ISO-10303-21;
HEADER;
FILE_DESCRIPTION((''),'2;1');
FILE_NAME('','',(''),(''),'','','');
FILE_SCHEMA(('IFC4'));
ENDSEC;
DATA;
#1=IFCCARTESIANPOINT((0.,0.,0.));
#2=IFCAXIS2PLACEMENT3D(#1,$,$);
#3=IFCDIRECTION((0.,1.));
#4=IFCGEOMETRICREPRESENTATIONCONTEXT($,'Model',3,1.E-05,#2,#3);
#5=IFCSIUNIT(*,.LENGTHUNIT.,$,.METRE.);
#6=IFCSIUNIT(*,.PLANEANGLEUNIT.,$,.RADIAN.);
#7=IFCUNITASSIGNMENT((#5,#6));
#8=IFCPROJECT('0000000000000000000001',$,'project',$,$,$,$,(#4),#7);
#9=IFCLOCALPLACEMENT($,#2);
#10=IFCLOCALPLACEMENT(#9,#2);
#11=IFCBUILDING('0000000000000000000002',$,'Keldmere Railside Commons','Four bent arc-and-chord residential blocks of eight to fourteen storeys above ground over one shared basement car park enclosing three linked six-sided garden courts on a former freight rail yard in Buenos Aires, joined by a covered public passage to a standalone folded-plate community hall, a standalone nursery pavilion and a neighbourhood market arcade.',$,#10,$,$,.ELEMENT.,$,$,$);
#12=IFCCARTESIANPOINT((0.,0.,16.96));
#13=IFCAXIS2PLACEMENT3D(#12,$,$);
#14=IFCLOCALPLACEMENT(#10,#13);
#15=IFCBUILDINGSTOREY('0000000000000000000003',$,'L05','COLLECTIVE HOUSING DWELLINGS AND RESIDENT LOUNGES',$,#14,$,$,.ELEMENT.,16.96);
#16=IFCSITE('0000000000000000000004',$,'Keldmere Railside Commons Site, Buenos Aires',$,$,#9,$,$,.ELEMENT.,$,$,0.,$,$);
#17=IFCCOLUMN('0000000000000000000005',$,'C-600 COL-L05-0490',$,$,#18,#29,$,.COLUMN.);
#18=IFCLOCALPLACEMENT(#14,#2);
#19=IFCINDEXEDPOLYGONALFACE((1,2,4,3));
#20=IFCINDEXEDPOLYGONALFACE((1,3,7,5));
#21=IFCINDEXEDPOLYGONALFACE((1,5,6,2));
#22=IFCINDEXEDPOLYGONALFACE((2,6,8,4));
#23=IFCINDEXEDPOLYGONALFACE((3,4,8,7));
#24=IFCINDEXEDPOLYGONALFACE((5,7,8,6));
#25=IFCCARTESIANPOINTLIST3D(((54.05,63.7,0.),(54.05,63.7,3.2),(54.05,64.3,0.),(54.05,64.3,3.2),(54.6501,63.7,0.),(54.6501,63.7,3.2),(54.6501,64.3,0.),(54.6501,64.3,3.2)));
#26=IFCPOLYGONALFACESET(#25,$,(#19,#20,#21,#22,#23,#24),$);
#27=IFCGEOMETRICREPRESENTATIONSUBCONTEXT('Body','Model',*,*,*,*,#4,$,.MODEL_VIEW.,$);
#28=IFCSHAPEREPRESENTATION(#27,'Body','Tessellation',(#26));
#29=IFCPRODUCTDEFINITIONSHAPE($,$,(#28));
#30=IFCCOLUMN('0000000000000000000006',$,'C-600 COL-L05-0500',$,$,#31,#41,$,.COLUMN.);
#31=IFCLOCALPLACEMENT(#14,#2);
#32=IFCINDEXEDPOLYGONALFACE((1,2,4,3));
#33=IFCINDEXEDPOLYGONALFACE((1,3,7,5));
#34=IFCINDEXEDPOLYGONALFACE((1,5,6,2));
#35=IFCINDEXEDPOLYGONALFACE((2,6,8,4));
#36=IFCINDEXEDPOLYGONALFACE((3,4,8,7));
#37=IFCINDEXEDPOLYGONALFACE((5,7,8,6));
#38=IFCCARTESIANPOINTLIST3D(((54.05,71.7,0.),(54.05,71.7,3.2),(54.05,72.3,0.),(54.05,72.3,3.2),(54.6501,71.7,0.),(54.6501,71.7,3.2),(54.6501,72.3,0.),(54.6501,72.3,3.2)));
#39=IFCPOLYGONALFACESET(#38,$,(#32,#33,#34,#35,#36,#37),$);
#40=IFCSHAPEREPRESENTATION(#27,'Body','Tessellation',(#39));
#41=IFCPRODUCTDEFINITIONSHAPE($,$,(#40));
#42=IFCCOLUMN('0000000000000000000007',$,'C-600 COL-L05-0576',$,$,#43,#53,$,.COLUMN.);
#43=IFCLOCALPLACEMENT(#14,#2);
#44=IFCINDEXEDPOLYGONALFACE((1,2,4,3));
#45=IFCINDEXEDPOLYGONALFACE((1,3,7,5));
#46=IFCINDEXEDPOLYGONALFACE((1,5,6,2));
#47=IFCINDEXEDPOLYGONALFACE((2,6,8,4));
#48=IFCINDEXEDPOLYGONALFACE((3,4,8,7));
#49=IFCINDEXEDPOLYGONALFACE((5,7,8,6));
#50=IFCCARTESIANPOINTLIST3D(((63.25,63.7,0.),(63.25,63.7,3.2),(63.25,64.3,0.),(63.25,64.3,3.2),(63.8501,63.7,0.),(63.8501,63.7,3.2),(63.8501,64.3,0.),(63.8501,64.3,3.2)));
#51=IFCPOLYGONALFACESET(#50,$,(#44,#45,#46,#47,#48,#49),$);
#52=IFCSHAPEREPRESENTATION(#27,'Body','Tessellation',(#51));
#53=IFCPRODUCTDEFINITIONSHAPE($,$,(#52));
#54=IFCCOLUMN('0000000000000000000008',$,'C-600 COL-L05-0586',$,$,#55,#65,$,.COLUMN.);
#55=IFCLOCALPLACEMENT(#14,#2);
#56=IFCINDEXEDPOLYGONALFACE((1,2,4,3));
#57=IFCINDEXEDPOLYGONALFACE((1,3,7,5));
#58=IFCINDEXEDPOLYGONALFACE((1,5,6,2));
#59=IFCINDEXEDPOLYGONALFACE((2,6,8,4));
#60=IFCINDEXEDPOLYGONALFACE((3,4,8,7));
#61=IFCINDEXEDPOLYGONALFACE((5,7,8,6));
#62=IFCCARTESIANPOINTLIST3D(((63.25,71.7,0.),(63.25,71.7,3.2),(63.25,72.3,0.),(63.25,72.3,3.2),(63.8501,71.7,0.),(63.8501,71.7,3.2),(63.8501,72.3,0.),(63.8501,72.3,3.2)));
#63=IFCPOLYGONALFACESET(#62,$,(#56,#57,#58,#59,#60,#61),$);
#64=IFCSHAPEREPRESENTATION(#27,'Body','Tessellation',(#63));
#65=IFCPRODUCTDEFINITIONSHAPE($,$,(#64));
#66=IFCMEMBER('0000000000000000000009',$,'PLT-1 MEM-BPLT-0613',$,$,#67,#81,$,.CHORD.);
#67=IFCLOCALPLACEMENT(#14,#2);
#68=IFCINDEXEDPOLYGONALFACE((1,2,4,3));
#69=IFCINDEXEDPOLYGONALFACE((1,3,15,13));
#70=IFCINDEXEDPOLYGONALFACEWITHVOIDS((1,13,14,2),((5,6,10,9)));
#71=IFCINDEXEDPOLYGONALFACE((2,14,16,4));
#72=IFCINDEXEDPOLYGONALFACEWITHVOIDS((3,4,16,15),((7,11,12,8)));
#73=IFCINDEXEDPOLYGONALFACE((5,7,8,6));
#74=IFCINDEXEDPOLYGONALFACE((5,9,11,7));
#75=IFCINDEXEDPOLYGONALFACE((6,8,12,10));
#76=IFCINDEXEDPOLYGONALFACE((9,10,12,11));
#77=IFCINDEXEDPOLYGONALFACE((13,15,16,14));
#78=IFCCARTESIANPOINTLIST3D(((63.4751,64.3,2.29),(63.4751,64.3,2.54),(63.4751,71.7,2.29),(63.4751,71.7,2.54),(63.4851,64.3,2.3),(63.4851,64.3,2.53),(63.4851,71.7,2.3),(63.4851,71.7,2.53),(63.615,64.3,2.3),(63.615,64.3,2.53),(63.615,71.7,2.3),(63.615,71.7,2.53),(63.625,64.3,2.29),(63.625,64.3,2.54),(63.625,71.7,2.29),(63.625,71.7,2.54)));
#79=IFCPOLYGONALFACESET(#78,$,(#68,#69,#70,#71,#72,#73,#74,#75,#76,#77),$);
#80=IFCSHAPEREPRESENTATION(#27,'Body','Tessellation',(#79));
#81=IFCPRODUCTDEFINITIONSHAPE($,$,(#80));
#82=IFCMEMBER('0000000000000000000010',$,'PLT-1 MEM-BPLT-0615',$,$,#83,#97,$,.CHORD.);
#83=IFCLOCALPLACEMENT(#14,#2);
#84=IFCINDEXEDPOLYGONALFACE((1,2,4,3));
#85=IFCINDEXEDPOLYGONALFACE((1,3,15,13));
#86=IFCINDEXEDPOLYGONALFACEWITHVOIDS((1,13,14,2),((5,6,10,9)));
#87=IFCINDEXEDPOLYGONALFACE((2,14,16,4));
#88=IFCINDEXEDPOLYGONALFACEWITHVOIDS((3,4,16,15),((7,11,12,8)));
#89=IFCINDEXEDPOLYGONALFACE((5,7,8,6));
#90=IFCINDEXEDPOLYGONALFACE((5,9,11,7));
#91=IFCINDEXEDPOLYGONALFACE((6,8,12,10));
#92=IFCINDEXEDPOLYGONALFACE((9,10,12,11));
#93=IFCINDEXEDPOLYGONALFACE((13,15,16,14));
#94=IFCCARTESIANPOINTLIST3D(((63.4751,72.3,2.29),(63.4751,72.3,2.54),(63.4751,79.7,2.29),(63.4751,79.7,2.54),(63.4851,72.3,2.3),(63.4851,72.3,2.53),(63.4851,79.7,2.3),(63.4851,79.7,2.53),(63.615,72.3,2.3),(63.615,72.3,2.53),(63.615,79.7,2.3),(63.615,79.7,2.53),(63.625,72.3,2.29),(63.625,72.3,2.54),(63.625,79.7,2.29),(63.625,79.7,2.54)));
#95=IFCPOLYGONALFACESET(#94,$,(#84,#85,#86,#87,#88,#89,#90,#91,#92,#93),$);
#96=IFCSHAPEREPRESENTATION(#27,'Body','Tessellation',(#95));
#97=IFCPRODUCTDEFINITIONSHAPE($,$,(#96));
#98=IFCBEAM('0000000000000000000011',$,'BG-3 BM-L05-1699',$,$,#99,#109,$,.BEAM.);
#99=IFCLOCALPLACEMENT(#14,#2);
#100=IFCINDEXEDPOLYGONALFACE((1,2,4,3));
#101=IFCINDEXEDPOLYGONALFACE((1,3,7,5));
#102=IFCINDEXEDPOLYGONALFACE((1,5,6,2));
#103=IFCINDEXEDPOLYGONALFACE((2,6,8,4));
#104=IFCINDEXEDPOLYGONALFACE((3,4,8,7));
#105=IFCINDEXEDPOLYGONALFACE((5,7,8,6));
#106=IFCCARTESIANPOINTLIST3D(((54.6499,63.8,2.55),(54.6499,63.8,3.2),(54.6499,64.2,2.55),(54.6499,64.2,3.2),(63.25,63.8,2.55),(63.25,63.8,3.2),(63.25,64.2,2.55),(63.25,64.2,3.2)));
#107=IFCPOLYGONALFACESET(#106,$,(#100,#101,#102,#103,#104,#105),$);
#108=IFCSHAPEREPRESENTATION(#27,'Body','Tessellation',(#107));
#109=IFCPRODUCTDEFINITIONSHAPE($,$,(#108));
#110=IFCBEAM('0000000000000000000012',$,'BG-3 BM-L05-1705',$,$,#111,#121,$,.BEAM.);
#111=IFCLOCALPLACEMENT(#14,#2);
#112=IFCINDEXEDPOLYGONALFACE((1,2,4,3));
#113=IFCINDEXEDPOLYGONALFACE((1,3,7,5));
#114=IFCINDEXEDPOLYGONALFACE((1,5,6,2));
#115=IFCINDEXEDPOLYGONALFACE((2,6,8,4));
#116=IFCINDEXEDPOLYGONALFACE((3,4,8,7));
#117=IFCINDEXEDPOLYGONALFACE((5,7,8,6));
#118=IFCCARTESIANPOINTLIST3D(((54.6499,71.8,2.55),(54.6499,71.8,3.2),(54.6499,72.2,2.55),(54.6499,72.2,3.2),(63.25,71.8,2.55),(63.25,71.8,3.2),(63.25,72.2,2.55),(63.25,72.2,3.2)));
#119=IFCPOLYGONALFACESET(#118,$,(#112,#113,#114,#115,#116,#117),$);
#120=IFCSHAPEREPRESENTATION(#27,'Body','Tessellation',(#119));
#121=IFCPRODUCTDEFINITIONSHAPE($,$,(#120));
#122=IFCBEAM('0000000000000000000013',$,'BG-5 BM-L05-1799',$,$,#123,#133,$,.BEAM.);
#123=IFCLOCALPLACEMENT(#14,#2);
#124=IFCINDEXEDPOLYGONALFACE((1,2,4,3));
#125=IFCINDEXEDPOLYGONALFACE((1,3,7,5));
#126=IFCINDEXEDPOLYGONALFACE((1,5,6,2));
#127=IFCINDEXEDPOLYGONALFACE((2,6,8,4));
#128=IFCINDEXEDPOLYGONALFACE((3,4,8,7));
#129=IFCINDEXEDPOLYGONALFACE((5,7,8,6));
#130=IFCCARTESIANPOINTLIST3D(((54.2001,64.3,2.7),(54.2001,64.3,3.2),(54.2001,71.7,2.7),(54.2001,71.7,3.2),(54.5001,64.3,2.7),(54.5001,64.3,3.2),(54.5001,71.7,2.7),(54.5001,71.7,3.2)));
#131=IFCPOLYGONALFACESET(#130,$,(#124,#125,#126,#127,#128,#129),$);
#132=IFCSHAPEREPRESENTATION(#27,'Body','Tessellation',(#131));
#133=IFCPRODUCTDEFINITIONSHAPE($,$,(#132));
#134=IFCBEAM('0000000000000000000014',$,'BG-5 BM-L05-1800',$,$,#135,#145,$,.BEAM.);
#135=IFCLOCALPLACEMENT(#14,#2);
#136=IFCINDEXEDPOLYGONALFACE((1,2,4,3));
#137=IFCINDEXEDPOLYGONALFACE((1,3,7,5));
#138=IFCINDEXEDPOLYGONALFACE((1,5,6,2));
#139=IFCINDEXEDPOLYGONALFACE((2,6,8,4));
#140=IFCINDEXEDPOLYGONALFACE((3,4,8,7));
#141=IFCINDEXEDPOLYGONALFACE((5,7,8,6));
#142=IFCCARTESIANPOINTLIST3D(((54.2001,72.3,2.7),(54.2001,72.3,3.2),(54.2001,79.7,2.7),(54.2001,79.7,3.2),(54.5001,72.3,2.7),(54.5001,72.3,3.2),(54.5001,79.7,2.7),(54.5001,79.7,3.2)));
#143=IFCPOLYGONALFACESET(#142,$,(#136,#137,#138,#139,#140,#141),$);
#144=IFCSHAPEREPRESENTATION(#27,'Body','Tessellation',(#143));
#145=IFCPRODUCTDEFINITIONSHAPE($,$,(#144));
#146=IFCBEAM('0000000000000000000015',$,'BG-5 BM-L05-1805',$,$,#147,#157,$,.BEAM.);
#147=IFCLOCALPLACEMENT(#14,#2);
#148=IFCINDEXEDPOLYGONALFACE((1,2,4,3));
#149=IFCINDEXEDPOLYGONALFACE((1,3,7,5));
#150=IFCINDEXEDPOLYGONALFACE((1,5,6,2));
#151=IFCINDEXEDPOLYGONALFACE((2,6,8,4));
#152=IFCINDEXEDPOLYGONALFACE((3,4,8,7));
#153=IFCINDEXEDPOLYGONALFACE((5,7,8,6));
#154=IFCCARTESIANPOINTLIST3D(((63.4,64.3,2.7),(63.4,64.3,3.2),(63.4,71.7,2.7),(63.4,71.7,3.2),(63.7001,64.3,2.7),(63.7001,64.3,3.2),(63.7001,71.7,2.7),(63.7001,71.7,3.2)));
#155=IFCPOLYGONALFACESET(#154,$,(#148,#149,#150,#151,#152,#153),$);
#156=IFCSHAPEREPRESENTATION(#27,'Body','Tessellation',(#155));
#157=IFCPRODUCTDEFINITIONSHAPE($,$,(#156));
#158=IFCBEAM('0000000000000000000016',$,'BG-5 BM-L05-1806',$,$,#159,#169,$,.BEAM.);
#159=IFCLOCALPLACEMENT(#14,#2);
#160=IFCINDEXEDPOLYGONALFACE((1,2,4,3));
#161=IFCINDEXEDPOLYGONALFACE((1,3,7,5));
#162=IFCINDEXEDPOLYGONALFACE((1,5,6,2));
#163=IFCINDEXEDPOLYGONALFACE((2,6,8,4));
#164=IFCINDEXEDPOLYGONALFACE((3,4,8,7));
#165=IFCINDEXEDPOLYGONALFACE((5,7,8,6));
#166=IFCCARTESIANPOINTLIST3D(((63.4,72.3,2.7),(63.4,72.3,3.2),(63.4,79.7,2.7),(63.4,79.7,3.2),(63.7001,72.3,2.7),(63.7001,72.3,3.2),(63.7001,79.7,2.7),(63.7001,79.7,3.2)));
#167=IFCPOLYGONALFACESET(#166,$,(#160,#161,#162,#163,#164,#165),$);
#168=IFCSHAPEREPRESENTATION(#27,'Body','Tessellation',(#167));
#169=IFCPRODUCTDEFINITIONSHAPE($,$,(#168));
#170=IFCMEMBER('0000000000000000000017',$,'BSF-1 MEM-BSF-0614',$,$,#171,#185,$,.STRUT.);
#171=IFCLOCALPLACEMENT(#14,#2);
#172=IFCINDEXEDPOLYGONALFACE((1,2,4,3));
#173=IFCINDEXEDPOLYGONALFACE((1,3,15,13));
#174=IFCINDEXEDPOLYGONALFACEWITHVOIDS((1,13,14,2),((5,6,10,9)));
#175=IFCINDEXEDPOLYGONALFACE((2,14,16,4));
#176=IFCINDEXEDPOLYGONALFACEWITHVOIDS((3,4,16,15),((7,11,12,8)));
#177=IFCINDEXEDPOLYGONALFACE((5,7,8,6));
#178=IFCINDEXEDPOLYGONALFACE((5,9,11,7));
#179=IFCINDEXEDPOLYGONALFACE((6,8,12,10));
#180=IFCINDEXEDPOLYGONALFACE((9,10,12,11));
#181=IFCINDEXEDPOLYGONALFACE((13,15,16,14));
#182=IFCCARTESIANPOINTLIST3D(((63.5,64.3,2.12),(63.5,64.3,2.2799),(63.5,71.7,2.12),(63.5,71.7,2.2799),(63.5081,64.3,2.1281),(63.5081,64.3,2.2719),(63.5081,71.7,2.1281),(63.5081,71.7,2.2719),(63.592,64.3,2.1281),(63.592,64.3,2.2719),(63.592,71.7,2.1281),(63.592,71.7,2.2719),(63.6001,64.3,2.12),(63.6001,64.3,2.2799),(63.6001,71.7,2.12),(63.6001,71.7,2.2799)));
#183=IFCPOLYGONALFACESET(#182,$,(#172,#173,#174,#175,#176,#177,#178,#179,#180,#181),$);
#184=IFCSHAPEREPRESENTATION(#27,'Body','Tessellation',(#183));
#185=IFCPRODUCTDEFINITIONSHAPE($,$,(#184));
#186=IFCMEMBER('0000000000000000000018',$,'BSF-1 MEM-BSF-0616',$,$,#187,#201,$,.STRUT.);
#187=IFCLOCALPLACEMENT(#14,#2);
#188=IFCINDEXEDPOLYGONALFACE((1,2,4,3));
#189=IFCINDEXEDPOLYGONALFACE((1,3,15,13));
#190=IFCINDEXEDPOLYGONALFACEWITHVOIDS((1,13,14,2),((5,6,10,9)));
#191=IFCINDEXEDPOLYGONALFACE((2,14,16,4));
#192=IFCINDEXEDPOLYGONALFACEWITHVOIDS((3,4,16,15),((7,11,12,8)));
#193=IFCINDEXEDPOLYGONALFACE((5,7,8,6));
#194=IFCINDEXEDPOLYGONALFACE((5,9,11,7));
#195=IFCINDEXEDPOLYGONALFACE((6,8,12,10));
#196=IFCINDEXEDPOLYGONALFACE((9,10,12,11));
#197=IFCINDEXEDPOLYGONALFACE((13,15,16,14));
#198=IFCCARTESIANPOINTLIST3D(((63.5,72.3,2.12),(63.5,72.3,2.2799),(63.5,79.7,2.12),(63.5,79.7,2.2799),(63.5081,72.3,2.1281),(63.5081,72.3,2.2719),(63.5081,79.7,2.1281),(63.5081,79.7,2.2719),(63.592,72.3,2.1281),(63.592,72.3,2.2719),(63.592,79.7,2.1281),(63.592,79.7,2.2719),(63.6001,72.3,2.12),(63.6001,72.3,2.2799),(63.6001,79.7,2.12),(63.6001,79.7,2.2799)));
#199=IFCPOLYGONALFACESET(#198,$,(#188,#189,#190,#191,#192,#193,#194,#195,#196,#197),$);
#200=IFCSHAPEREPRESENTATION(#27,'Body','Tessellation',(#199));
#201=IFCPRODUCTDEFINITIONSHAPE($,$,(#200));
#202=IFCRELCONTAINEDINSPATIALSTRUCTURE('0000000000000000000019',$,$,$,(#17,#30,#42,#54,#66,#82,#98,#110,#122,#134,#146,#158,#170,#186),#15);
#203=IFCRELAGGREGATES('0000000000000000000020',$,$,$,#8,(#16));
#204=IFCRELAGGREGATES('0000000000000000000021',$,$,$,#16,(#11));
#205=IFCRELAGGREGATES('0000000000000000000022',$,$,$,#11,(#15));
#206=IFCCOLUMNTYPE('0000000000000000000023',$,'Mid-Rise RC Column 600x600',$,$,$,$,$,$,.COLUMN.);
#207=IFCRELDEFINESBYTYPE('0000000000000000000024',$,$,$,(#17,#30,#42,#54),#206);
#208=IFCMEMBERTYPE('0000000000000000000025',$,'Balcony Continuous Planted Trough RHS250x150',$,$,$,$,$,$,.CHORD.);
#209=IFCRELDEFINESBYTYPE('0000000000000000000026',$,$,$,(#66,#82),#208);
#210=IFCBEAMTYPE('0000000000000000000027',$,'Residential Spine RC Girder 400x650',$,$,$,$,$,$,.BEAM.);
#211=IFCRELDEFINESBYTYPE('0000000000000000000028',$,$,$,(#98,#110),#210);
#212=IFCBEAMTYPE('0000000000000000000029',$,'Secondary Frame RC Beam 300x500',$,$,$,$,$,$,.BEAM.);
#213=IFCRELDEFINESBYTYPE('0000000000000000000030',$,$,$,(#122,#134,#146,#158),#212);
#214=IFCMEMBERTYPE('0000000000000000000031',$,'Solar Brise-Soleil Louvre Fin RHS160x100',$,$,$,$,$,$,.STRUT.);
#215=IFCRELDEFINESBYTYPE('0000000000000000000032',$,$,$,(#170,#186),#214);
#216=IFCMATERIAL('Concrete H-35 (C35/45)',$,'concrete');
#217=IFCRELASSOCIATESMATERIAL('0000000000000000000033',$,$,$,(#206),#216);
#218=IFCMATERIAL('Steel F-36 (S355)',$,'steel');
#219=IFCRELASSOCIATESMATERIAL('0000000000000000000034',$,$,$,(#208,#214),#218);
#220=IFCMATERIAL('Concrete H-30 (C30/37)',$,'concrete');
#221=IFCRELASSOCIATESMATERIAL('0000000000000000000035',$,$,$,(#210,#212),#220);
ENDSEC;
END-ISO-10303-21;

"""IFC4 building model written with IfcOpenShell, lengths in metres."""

from ifc_helpers import new_model, si_unit, direction, frame, origin, origin_2d, place, context, subcontext, project, spatial, rectangle, hollow_rectangle, extrude, material, material_profile, profile_set, type_object, element, save


model = new_model("IFC4")

# Units and contexts
model_context = context("Model", 3, precision=1e-05, world=origin(), true_north=direction((0.0, 1.0)))
body_context = subcontext(model_context, "Body", "Model", "MODEL_VIEW")
ifc_project = project(units=[si_unit("LENGTHUNIT", "METRE"), si_unit("PLANEANGLEUNIT", "RADIAN")], contexts=[model_context])

# Site, building, storey
site_placement = place(None, origin())
site = spatial("IfcSite", under=ifc_project, at=site_placement, Name="Keldmere Railside Commons Site, Buenos Aires", CompositionType="ELEMENT", RefElevation=0.0)
building_placement = place(site_placement, origin())
building = spatial("IfcBuilding", under=site, at=building_placement, Name="Keldmere Railside Commons", Description="Four bent arc-and-chord residential blocks of eight to fourteen storeys above ground over one shared basement car park enclosing three linked six-sided garden courts on a former freight rail yard in Buenos Aires, joined by a covered public passage to a standalone folded-plate community hall, a standalone nursery pavilion and a neighbourhood market arcade.", CompositionType="ELEMENT")
storey_placement = place(building_placement, frame((0.0, 0.0, 16.96)))
storey = spatial("IfcBuildingStorey", under=building, at=storey_placement, Name="L05", Description="COLLECTIVE HOUSING DWELLINGS AND RESIDENT LOUNGES", CompositionType="ELEMENT", Elevation=16.96)

# Columns
ifc_material_1 = material(Name="Concrete H-35 (C35/45)", Category="concrete")
ifc_material_profile_1 = material_profile(ifc_material_1, rectangle(XDim=0.6001, YDim=0.6001, at=origin_2d()), Name="RC-600x600")
ifc_profile_set_1 = profile_set([ifc_material_profile_1], Name="Concrete H-35 (C35/45)")
column_type = type_object("IfcColumnType", Name="Mid-Rise RC Column 600x600", PredefinedType="COLUMN", material=ifc_profile_set_1)
for number, where, z_axis, x_axis, name in (
    (1, (54.3501, 64.0, 0.0), (0.0, 0.0, 1.0), (1.0, 0.0, 0.0), "C-600 COL-L05-0490"),
    (2, (54.3501, 72.0, 0.0), (0.0, 0.0, 1.0), (1.0, 0.0, 0.0), "C-600 COL-L05-0500"),
    (3, (63.55, 64.0, 0.0), (0.0, 0.0, 1.0), (1.0, 0.0, 0.0), "C-600 COL-L05-0576"),
    (4, (63.55, 72.0, 0.0), (0.0, 0.0, 1.0), (1.0, 0.0, 0.0), "C-600 COL-L05-0586"),
):
    element("IfcColumn", number, at=place(storey_placement, frame(where, z_axis=z_axis, x_axis=x_axis)), inside=storey, type_object=column_type, Name=name, PredefinedType="COLUMN", context=body_context, shape_type="SweptSolid", body=[
        extrude(rectangle(XDim=0.6001, YDim=0.6001, at=origin_2d()), origin(), (0.0, 0.0, 1.0), 3.2),
    ])

# Members
ifc_material_2 = material(Name="Steel F-36 (S355)", Category="steel")
ifc_material_profile_2 = material_profile(ifc_material_2, hollow_rectangle(XDim=0.1499, YDim=0.25, WallThickness=0.01, at=origin_2d()), Name="RHS-250x150x10")
ifc_profile_set_2 = profile_set([ifc_material_profile_2], Name="Steel F-36 (S355)")
member_type_1 = type_object("IfcMemberType", Name="Balcony Continuous Planted Trough RHS250x150", PredefinedType="CHORD", material=ifc_profile_set_2)
for number, where, z_axis, x_axis, name in (
    (5, (63.55, 64.3, 2.415), (0.0, 1.0, 0.0), (-1.0, 0.0, 0.0), "PLT-1 MEM-BPLT-0613"),
    (6, (63.55, 72.3, 2.415), (0.0, 1.0, 0.0), (-1.0, 0.0, 0.0), "PLT-1 MEM-BPLT-0615"),
):
    element("IfcMember", number, at=place(storey_placement, frame(where, z_axis=z_axis, x_axis=x_axis)), inside=storey, type_object=member_type_1, Name=name, PredefinedType="CHORD", context=body_context, shape_type="SweptSolid", body=[
        extrude(hollow_rectangle(XDim=0.1499, YDim=0.25, WallThickness=0.01, at=origin_2d()), origin(), (0.0, 0.0, 1.0), 7.3999),
    ])

# Beams
ifc_material_3 = material(Name="Concrete H-30 (C30/37)", Category="concrete")
ifc_material_profile_3 = material_profile(ifc_material_3, rectangle(XDim=0.3999, YDim=0.6499, at=origin_2d()), Name="RC-400x650")
ifc_profile_set_3 = profile_set([ifc_material_profile_3], Name="Concrete H-30 (C30/37)")
beam_type_1 = type_object("IfcBeamType", Name="Residential Spine RC Girder 400x650", PredefinedType="BEAM", material=ifc_profile_set_3)
for number, where, z_axis, x_axis, name in (
    (7, (54.6499, 64.0, 2.875), (1.0, 0.0, 0.0), (0.0, 1.0, 0.0), "BG-3 BM-L05-1699"),
    (8, (54.6499, 72.0, 2.875), (1.0, 0.0, 0.0), (0.0, 1.0, 0.0), "BG-3 BM-L05-1705"),
):
    element("IfcBeam", number, at=place(storey_placement, frame(where, z_axis=z_axis, x_axis=x_axis)), inside=storey, type_object=beam_type_1, Name=name, PredefinedType="BEAM", context=body_context, shape_type="SweptSolid", body=[
        extrude(rectangle(XDim=0.3999, YDim=0.6499, at=origin_2d()), origin(), (0.0, 0.0, 1.0), 8.6001),
    ])
ifc_material_profile_4 = material_profile(ifc_material_3, rectangle(XDim=0.3, YDim=0.5, at=origin_2d()), Name="RC-300x500")
ifc_profile_set_4 = profile_set([ifc_material_profile_4], Name="Concrete H-30 (C30/37)")
beam_type_2 = type_object("IfcBeamType", Name="Secondary Frame RC Beam 300x500", PredefinedType="BEAM", material=ifc_profile_set_4)
for number, where, z_axis, x_axis, name in (
    (9, (54.3501, 64.3, 2.95), (0.0, 1.0, 0.0), (-1.0, 0.0, 0.0), "BG-5 BM-L05-1799"),
    (10, (54.3501, 72.3, 2.95), (0.0, 1.0, 0.0), (-1.0, 0.0, 0.0), "BG-5 BM-L05-1800"),
    (11, (63.55, 64.3, 2.95), (0.0, 1.0, 0.0), (-1.0, 0.0, 0.0), "BG-5 BM-L05-1805"),
    (12, (63.55, 72.3, 2.95), (0.0, 1.0, 0.0), (-1.0, 0.0, 0.0), "BG-5 BM-L05-1806"),
):
    element("IfcBeam", number, at=place(storey_placement, frame(where, z_axis=z_axis, x_axis=x_axis)), inside=storey, type_object=beam_type_2, Name=name, PredefinedType="BEAM", context=body_context, shape_type="SweptSolid", body=[
        extrude(rectangle(XDim=0.3, YDim=0.5, at=origin_2d()), origin(), (0.0, 0.0, 1.0), 7.3999),
    ])

# Members
ifc_material_profile_5 = material_profile(ifc_material_2, hollow_rectangle(XDim=0.1001, YDim=0.1599, WallThickness=0.0081, at=origin_2d()), Name="RHS-160x100x8")
ifc_profile_set_5 = profile_set([ifc_material_profile_5], Name="Steel F-36 (S355)")
member_type_2 = type_object("IfcMemberType", Name="Solar Brise-Soleil Louvre Fin RHS160x100", PredefinedType="STRUT", material=ifc_profile_set_5)
for number, where, z_axis, x_axis, name in (
    (13, (63.55, 64.3, 2.2), (0.0, 1.0, 0.0), (-1.0, 0.0, 0.0), "BSF-1 MEM-BSF-0614"),
    (14, (63.55, 72.3, 2.2), (0.0, 1.0, 0.0), (-1.0, 0.0, 0.0), "BSF-1 MEM-BSF-0616"),
):
    element("IfcMember", number, at=place(storey_placement, frame(where, z_axis=z_axis, x_axis=x_axis)), inside=storey, type_object=member_type_2, Name=name, PredefinedType="STRUT", context=body_context, shape_type="SweptSolid", body=[
        extrude(hollow_rectangle(XDim=0.1001, YDim=0.1599, WallThickness=0.0081, at=origin_2d()), origin(), (0.0, 0.0, 1.0), 7.3999),
    ])

save(model, "model.ifc")
